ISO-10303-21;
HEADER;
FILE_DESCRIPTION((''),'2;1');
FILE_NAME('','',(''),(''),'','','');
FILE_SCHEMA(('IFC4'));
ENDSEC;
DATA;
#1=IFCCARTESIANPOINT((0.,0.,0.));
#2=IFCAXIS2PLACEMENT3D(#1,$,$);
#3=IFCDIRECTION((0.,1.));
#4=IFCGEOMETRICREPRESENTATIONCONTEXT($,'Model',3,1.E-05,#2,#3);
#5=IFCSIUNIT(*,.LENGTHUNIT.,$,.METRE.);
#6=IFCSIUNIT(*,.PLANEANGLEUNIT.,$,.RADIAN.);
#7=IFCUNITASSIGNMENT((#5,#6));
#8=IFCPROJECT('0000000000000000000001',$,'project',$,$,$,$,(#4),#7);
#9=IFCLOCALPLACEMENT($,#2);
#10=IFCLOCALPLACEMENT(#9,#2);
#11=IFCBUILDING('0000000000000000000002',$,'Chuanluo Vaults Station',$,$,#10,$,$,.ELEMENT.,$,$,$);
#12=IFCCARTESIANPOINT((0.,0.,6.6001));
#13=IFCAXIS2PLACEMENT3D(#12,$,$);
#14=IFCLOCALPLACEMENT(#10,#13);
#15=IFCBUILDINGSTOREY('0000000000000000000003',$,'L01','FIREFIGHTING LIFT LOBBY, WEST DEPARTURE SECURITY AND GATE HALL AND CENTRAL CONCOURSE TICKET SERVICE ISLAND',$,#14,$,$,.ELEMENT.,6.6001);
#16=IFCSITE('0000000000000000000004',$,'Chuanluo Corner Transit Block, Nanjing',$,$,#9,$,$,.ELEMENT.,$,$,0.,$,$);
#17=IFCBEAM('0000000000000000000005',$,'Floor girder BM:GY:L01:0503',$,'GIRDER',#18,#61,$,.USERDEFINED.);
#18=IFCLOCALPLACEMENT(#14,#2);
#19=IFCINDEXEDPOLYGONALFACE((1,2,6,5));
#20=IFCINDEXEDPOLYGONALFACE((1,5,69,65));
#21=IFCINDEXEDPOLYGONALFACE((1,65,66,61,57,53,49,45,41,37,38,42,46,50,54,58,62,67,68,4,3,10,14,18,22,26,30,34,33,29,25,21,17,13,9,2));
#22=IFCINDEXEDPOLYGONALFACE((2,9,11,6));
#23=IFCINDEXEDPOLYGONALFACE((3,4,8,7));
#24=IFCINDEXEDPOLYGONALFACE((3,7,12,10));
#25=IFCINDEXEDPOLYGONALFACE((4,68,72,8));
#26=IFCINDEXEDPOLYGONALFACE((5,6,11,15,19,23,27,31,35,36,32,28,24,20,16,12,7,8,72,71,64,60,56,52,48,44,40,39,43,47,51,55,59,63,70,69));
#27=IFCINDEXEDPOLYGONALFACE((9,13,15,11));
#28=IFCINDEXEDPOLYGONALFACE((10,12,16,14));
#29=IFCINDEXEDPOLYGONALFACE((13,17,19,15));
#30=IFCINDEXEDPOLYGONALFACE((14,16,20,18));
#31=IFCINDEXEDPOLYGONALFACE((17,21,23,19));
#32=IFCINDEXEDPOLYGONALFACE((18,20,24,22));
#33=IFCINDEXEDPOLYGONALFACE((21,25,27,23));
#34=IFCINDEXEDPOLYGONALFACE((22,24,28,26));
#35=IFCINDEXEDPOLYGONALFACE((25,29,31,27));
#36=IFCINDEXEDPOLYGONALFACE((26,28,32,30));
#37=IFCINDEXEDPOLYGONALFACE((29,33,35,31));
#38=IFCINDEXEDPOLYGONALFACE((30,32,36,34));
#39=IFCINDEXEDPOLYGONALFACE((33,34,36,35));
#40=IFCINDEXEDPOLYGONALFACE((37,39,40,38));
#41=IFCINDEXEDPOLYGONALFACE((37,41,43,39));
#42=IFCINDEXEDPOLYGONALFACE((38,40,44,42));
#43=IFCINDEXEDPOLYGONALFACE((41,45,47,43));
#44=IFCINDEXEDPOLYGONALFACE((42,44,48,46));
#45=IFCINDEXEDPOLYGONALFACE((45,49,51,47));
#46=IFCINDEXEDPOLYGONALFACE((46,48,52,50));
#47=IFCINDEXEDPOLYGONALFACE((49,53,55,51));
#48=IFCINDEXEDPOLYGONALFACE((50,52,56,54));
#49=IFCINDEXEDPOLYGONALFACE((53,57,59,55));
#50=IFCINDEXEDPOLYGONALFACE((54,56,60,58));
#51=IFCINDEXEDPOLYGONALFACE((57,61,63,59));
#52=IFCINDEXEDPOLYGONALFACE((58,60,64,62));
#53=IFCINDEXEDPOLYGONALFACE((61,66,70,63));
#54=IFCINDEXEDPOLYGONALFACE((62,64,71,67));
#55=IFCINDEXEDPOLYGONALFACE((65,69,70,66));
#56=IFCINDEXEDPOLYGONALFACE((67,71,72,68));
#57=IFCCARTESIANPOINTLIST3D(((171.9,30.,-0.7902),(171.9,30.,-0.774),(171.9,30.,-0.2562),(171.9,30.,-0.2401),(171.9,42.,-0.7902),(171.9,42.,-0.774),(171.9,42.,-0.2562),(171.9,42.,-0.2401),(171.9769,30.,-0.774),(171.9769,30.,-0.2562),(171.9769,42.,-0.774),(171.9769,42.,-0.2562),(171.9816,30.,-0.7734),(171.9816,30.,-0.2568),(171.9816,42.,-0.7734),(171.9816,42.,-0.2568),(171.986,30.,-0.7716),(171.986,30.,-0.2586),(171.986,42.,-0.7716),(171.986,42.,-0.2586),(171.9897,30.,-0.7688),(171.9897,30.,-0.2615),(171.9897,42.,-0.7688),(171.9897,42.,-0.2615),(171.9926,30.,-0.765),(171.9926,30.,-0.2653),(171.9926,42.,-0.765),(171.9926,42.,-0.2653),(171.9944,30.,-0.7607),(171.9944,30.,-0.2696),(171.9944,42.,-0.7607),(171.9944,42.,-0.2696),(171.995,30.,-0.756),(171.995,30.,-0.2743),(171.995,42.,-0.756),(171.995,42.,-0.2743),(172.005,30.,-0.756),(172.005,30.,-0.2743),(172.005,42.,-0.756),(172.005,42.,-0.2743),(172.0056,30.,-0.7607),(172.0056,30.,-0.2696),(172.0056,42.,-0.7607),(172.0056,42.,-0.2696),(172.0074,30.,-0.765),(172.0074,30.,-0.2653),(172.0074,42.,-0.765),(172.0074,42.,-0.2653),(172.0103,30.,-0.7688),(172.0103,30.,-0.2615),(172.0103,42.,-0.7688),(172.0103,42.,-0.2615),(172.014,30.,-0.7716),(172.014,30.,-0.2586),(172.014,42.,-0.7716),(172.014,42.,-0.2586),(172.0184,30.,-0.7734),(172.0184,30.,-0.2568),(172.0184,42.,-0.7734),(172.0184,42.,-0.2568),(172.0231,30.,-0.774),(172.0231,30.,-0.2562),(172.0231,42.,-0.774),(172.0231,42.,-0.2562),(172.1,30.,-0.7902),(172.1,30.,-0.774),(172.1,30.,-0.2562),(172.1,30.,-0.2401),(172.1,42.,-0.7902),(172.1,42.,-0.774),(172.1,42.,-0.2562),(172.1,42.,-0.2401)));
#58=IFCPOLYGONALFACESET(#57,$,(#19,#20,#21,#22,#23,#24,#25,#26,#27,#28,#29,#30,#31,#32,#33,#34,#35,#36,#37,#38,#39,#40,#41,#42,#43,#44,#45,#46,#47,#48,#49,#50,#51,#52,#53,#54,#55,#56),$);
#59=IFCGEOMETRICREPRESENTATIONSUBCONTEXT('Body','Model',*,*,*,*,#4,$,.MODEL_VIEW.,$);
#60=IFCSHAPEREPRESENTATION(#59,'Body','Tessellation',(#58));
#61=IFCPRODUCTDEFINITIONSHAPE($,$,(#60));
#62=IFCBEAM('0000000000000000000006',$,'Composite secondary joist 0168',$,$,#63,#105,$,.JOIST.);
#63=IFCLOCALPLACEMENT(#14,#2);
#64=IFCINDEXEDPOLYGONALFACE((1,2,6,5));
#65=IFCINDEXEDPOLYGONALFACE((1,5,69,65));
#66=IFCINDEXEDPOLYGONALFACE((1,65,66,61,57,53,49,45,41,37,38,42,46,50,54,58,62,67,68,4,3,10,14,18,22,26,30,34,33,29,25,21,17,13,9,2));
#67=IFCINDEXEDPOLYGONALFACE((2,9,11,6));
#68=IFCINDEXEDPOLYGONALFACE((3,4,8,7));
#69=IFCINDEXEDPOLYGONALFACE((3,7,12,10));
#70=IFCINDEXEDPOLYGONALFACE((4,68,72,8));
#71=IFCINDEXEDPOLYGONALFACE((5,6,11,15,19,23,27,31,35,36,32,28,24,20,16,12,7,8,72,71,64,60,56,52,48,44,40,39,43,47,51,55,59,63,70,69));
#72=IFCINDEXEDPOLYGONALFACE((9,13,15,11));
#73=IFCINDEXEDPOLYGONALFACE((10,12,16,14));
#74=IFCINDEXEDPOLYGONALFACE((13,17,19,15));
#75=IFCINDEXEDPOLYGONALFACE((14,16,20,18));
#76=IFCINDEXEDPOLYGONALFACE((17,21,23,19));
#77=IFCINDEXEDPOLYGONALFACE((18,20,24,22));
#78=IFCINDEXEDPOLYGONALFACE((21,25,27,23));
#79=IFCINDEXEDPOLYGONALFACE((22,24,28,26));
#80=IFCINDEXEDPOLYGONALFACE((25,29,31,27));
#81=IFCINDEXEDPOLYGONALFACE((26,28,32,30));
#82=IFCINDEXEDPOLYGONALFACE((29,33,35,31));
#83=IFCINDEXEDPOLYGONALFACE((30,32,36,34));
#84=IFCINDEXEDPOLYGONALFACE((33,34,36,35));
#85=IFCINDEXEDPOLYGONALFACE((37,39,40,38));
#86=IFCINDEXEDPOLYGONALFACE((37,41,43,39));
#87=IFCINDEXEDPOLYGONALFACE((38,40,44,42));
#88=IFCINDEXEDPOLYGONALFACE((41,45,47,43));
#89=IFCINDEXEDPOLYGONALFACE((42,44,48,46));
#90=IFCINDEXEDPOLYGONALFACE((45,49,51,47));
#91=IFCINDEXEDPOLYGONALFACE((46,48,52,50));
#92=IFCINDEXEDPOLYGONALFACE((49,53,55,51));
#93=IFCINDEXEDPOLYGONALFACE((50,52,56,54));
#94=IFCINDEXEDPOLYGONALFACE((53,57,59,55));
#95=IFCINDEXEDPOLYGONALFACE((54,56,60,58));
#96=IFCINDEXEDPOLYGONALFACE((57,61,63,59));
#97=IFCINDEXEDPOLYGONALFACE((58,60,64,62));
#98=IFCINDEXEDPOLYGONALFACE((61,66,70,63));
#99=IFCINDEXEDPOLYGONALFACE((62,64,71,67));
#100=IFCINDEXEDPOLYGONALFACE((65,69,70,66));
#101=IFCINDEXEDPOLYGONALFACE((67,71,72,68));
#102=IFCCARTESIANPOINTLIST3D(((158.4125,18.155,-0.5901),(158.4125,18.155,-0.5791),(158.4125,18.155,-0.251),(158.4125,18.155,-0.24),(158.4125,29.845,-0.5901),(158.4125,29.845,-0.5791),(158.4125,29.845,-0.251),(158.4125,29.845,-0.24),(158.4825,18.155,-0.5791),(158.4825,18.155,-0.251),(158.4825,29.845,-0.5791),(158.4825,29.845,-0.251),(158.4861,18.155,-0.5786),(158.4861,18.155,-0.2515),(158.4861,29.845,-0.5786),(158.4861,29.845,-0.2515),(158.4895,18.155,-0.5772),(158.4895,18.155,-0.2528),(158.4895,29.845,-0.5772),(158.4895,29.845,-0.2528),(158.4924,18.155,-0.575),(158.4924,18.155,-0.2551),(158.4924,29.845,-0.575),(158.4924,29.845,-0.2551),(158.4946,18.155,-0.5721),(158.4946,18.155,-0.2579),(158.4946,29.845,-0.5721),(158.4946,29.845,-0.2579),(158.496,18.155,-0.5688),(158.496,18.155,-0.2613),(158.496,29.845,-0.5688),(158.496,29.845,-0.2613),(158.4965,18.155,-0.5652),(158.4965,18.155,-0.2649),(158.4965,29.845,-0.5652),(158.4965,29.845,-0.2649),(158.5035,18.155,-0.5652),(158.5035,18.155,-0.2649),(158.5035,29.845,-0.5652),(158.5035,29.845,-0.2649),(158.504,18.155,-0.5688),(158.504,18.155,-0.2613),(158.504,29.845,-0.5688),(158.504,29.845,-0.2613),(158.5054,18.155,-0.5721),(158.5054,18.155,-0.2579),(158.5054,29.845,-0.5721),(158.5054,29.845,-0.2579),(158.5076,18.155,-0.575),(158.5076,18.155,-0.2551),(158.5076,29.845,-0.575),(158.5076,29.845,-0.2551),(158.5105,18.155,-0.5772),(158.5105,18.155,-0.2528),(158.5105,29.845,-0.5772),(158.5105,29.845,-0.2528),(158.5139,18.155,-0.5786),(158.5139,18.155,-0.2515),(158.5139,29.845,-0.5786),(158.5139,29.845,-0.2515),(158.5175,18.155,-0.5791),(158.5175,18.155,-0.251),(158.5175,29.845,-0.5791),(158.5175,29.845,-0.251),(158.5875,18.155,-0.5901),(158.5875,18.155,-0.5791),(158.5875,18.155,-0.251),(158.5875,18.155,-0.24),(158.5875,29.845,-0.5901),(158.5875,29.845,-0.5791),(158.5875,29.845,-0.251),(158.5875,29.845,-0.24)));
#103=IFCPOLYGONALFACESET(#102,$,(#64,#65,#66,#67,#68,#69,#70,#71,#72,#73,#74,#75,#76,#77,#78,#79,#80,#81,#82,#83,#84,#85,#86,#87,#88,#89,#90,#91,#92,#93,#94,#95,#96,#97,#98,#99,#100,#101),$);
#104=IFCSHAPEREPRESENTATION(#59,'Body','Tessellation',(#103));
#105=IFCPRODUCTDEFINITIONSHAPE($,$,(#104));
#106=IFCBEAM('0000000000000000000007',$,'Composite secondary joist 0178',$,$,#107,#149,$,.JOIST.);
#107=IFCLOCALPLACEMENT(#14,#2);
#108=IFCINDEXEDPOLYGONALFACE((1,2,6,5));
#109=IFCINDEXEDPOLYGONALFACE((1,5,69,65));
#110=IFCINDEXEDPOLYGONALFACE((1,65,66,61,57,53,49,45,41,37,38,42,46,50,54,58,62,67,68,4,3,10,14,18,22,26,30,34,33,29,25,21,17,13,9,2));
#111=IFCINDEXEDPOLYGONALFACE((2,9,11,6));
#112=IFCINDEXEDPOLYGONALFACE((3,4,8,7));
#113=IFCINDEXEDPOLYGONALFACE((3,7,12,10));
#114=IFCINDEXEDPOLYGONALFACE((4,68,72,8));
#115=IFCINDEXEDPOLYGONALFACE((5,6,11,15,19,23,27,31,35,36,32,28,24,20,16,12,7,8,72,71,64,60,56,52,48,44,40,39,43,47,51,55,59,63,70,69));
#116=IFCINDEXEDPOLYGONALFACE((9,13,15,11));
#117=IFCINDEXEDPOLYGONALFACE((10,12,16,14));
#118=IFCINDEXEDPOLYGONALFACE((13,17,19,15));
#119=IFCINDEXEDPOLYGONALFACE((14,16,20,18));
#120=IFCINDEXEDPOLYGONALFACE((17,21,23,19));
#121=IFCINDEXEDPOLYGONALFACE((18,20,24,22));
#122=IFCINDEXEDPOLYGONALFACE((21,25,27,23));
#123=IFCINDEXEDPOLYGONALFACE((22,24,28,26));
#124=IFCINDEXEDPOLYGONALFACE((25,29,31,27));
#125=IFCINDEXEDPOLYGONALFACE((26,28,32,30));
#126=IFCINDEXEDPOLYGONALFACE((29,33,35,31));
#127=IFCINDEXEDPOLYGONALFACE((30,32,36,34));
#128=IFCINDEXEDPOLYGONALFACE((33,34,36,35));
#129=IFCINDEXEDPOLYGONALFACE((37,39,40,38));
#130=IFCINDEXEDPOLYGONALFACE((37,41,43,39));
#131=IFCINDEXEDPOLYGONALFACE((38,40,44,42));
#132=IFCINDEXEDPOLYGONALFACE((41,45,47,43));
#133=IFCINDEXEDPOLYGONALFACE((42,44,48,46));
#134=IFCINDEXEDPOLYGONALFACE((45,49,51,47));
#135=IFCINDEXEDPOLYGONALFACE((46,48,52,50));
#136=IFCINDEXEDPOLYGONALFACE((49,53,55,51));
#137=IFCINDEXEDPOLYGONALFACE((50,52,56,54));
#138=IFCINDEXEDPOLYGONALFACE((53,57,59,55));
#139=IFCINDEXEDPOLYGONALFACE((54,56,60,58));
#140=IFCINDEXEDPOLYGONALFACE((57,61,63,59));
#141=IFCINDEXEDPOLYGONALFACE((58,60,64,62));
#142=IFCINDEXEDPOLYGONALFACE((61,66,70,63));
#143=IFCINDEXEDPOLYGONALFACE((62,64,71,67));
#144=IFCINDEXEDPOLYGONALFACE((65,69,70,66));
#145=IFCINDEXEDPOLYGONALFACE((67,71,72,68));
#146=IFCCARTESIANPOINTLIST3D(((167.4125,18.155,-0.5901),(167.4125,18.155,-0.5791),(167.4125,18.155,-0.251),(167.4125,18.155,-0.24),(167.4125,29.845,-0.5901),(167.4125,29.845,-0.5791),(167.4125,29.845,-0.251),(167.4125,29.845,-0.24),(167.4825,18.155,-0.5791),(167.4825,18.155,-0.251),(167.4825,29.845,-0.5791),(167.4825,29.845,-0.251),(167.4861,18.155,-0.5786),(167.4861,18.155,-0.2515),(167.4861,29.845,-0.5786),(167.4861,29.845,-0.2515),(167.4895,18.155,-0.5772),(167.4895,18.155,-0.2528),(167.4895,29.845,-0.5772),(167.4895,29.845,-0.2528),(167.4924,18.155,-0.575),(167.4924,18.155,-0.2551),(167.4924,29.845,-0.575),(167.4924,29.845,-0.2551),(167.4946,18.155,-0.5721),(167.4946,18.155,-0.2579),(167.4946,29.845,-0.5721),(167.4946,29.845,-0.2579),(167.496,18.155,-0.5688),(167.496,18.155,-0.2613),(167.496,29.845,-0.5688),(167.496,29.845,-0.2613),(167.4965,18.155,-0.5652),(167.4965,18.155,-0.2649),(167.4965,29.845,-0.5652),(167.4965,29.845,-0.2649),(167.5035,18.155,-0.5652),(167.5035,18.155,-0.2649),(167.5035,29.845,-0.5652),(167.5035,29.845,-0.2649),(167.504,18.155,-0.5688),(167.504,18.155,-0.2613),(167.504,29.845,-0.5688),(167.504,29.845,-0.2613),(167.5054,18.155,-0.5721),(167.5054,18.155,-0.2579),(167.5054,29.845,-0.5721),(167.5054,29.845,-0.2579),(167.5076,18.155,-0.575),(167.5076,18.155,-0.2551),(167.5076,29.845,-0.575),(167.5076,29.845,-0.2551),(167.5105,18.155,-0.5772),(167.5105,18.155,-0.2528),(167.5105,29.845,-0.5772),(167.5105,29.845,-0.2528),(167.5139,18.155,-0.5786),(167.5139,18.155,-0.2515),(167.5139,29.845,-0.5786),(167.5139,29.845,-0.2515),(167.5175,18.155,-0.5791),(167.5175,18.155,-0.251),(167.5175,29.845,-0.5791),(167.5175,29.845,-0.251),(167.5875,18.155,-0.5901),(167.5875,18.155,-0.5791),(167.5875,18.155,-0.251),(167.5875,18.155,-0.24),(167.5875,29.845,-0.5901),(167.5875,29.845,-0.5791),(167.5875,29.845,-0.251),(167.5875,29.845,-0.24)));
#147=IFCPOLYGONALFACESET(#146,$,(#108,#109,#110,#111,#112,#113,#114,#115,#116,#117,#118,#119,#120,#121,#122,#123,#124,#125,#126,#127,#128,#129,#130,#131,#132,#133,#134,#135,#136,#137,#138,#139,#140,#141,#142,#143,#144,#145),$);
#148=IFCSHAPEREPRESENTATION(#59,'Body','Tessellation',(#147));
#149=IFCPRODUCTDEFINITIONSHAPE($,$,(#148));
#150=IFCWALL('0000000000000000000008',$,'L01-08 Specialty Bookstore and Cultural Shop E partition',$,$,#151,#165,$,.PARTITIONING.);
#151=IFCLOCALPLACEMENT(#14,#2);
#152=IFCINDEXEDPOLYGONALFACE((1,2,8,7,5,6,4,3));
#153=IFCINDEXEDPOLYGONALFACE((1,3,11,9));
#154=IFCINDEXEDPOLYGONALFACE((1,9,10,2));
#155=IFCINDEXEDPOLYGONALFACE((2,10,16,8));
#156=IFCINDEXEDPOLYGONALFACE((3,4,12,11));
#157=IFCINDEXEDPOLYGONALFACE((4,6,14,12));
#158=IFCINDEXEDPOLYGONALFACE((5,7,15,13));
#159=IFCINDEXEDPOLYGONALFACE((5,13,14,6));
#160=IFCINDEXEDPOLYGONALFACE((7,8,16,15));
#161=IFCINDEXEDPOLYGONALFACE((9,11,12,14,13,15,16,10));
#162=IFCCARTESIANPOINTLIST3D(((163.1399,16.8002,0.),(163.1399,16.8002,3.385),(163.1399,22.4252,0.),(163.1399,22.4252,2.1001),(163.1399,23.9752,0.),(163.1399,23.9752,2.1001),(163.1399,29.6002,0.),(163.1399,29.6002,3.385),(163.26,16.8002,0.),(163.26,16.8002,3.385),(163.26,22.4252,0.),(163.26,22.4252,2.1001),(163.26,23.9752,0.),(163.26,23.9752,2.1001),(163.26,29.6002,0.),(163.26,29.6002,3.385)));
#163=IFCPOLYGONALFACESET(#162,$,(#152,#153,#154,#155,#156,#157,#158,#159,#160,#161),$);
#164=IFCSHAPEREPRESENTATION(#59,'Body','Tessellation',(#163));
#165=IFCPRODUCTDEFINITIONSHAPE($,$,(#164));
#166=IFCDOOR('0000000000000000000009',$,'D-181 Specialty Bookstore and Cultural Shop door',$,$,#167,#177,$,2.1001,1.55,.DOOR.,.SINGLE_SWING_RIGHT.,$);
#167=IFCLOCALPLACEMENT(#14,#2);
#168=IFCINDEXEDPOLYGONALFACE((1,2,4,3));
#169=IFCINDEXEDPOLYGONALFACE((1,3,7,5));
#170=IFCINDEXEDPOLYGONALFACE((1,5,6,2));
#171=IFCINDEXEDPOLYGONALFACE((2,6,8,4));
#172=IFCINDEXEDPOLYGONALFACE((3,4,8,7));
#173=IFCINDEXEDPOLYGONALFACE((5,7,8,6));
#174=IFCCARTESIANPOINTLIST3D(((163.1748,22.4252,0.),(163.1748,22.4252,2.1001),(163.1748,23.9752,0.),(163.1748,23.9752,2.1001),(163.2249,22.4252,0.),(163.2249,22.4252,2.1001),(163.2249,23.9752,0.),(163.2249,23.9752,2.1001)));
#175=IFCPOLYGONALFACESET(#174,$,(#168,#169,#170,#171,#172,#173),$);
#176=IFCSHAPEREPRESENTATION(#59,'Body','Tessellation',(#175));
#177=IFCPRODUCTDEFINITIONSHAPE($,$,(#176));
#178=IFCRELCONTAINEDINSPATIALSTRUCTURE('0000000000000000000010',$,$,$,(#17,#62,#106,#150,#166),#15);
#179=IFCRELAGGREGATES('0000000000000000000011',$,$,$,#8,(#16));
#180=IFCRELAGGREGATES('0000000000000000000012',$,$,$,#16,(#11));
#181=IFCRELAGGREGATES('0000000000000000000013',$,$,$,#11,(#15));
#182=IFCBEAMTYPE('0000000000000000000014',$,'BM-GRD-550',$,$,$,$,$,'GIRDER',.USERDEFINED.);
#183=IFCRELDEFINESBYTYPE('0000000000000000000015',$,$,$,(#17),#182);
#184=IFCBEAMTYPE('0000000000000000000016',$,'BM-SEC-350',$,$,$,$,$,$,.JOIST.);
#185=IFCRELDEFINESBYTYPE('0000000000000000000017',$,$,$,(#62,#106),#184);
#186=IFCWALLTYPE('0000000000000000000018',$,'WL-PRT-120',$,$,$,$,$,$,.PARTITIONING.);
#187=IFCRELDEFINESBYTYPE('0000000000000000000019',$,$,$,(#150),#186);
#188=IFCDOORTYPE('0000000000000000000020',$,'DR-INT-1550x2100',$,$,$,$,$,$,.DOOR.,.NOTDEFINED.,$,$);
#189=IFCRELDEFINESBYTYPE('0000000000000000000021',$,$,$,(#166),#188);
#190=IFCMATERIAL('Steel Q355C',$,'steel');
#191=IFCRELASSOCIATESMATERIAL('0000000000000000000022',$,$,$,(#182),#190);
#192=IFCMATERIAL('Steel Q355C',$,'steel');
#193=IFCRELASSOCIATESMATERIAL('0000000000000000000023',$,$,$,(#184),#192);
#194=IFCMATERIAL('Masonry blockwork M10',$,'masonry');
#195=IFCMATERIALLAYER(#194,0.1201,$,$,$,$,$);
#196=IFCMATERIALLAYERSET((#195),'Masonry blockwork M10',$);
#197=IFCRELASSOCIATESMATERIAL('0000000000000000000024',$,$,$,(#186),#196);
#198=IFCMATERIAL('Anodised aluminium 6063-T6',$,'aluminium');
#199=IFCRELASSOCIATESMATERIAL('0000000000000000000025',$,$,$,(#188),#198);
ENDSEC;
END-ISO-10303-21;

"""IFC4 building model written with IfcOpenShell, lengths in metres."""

from ifc_helpers import new_model, si_unit, direction, frame, frame_2d, origin, origin_2d, place, context, subcontext, project, spatial, rectangle, i_section, extrude, material, layer, layer_set, material_profile, profile_set, type_object, element, fill, save


model = new_model("IFC4")

# Units and contexts
model_context = context("Model", 3, precision=1e-05, world=origin(), true_north=direction((0.0, 1.0)))
body_context = subcontext(model_context, "Body", "Model", "MODEL_VIEW")
ifc_project = project(units=[si_unit("LENGTHUNIT", "METRE"), si_unit("PLANEANGLEUNIT", "RADIAN")], contexts=[model_context])

# Site, building, storey
site_placement = place(None, origin())
site = spatial("IfcSite", under=ifc_project, at=site_placement, Name="Chuanluo Corner Transit Block, Nanjing", CompositionType="ELEMENT", RefElevation=0.0)
building_placement = place(site_placement, origin())
building = spatial("IfcBuilding", under=site, at=building_placement, Name="Chuanluo Vaults Station", CompositionType="ELEMENT")
storey_placement = place(building_placement, frame((0.0, 0.0, 6.6001)))
storey = spatial("IfcBuildingStorey", under=building, at=storey_placement, Name="L01", Description="FIREFIGHTING LIFT LOBBY, WEST DEPARTURE SECURITY AND GATE HALL AND CENTRAL CONCOURSE TICKET SERVICE ISLAND", CompositionType="ELEMENT", Elevation=6.6001)

# Beams
ifc_material_1 = material(Name="Steel Q355C", Category="steel")
ifc_material_profile_1 = material_profile(ifc_material_1, i_section(OverallWidth=0.2, OverallDepth=0.55, WebThickness=0.01, FlangeThickness=0.0161, FilletRadius=0.0181, at=origin_2d()))
ifc_profile_set_1 = profile_set([ifc_material_profile_1], Name="Steel Q355C")
beam_type_1 = type_object("IfcBeamType", Name="BM-GRD-550", ElementType="GIRDER", PredefinedType="USERDEFINED", material=ifc_profile_set_1)
for number, where, z_axis, x_axis, name in (
    (1, (172.0, 30.0, -0.5151), (0.0, 1.0, 0.0), (-1.0, 0.0, 0.0), "Floor girder BM:GY:L01:0503"),
):
    element("IfcBeam", number, at=place(storey_placement, frame(where, z_axis=z_axis, x_axis=x_axis)), inside=storey, type_object=beam_type_1, Name=name, ObjectType="GIRDER", PredefinedType="USERDEFINED", context=body_context, shape_type="SweptSolid", body=[
        extrude(i_section(OverallWidth=0.2, OverallDepth=0.55, WebThickness=0.01, FlangeThickness=0.0161, FilletRadius=0.0181, at=origin_2d()), origin(), (0.0, 0.0, 1.0), 12.0),
    ])
ifc_material_2 = material(Name="Steel Q355C", Category="steel")
ifc_material_profile_2 = material_profile(ifc_material_2, i_section(OverallWidth=0.175, OverallDepth=0.3501, WebThickness=0.0071, FlangeThickness=0.011, FilletRadius=0.0139, at=origin_2d()))
ifc_profile_set_2 = profile_set([ifc_material_profile_2], Name="Steel Q355C")
beam_type_2 = type_object("IfcBeamType", Name="BM-SEC-350", PredefinedType="JOIST", material=ifc_profile_set_2)
for number, where, z_axis, x_axis, name in (
    (2, (158.5, 18.155, -0.415), (0.0, 1.0, 0.0), (-1.0, 0.0, 0.0), "Composite secondary joist 0168"),
    (3, (167.5, 18.155, -0.415), (0.0, 1.0, 0.0), (-1.0, 0.0, 0.0), "Composite secondary joist 0178"),
):
    element("IfcBeam", number, at=place(storey_placement, frame(where, z_axis=z_axis, x_axis=x_axis)), inside=storey, type_object=beam_type_2, Name=name, PredefinedType="JOIST", context=body_context, shape_type="SweptSolid", body=[
        extrude(i_section(OverallWidth=0.175, OverallDepth=0.3501, WebThickness=0.0071, FlangeThickness=0.011, FilletRadius=0.0139, at=origin_2d()), origin(), (0.0, 0.0, 1.0), 11.6899),
    ])

# Wall, opening, door
ifc_material_3 = material(Name="Masonry blockwork M10", Category="masonry")
ifc_layer_1 = layer(ifc_material_3, 0.1201)
ifc_layer_set_1 = layer_set([ifc_layer_1], Name="Masonry blockwork M10")
wall_type_1 = type_object("IfcWallType", Name="WL-PRT-120", PredefinedType="PARTITIONING", material=ifc_layer_set_1)
wall_1_placement = place(storey_placement, frame((163.2, 29.6001, 0.0), z_axis=(0.0, 0.0, 1.0), x_axis=(0.0, -1.0, 0.0)))
wall_1 = element("IfcWall", 4, at=wall_1_placement, inside=storey, type_object=wall_type_1, Name="L01-08 Specialty Bookstore and Cultural Shop E partition", PredefinedType="PARTITIONING", context=body_context, shape_type="SweptSolid", body=[
    extrude(rectangle(XDim=12.8, YDim=0.1201, at=frame_2d((6.3999, 0.0))), origin(), (0.0, 0.0, 1.0), 3.385),
])
opening_1_placement = place(wall_1_placement, frame((5.625, 0.0, 0.0)))
opening_1 = element("IfcOpeningElement", 5, at=opening_1_placement, cuts=wall_1, PredefinedType="OPENING", context=body_context, shape_type="SweptSolid", body=[
    extrude(rectangle(XDim=1.55, YDim=2.1001, at=frame_2d((0.7749, 1.05))), frame((0.0, 0.0701, 0.0), z_axis=(0.0, -1.0, 0.0), x_axis=(1.0, 0.0, 0.0)), (0.0, 0.0, 1.0), 0.1401),
])
ifc_material_4 = material(Name="Anodised aluminium 6063-T6", Category="aluminium")
door_type_1 = type_object("IfcDoorType", Name="DR-INT-1550x2100", OperationType="NOTDEFINED", PredefinedType="DOOR", material=ifc_material_4)
door_1_placement = place(opening_1_placement, origin())
door_1 = element("IfcDoor", 6, at=door_1_placement, inside=storey, type_object=door_type_1, Name="D-181 Specialty Bookstore and Cultural Shop door", OperationType="SINGLE_SWING_RIGHT", OverallHeight=2.1001, OverallWidth=1.55, PredefinedType="DOOR", context=body_context, shape_type="SweptSolid", body=[
    extrude(rectangle(XDim=1.55, YDim=2.1001, at=frame_2d((0.7749, 1.05))), frame((0.0, 0.0249, 0.0), z_axis=(0.0, -1.0, 0.0), x_axis=(1.0, 0.0, 0.0)), (0.0, 0.0, 1.0), 0.05),
])
fill(opening_1, door_1)

save(model, "model.ifc")
